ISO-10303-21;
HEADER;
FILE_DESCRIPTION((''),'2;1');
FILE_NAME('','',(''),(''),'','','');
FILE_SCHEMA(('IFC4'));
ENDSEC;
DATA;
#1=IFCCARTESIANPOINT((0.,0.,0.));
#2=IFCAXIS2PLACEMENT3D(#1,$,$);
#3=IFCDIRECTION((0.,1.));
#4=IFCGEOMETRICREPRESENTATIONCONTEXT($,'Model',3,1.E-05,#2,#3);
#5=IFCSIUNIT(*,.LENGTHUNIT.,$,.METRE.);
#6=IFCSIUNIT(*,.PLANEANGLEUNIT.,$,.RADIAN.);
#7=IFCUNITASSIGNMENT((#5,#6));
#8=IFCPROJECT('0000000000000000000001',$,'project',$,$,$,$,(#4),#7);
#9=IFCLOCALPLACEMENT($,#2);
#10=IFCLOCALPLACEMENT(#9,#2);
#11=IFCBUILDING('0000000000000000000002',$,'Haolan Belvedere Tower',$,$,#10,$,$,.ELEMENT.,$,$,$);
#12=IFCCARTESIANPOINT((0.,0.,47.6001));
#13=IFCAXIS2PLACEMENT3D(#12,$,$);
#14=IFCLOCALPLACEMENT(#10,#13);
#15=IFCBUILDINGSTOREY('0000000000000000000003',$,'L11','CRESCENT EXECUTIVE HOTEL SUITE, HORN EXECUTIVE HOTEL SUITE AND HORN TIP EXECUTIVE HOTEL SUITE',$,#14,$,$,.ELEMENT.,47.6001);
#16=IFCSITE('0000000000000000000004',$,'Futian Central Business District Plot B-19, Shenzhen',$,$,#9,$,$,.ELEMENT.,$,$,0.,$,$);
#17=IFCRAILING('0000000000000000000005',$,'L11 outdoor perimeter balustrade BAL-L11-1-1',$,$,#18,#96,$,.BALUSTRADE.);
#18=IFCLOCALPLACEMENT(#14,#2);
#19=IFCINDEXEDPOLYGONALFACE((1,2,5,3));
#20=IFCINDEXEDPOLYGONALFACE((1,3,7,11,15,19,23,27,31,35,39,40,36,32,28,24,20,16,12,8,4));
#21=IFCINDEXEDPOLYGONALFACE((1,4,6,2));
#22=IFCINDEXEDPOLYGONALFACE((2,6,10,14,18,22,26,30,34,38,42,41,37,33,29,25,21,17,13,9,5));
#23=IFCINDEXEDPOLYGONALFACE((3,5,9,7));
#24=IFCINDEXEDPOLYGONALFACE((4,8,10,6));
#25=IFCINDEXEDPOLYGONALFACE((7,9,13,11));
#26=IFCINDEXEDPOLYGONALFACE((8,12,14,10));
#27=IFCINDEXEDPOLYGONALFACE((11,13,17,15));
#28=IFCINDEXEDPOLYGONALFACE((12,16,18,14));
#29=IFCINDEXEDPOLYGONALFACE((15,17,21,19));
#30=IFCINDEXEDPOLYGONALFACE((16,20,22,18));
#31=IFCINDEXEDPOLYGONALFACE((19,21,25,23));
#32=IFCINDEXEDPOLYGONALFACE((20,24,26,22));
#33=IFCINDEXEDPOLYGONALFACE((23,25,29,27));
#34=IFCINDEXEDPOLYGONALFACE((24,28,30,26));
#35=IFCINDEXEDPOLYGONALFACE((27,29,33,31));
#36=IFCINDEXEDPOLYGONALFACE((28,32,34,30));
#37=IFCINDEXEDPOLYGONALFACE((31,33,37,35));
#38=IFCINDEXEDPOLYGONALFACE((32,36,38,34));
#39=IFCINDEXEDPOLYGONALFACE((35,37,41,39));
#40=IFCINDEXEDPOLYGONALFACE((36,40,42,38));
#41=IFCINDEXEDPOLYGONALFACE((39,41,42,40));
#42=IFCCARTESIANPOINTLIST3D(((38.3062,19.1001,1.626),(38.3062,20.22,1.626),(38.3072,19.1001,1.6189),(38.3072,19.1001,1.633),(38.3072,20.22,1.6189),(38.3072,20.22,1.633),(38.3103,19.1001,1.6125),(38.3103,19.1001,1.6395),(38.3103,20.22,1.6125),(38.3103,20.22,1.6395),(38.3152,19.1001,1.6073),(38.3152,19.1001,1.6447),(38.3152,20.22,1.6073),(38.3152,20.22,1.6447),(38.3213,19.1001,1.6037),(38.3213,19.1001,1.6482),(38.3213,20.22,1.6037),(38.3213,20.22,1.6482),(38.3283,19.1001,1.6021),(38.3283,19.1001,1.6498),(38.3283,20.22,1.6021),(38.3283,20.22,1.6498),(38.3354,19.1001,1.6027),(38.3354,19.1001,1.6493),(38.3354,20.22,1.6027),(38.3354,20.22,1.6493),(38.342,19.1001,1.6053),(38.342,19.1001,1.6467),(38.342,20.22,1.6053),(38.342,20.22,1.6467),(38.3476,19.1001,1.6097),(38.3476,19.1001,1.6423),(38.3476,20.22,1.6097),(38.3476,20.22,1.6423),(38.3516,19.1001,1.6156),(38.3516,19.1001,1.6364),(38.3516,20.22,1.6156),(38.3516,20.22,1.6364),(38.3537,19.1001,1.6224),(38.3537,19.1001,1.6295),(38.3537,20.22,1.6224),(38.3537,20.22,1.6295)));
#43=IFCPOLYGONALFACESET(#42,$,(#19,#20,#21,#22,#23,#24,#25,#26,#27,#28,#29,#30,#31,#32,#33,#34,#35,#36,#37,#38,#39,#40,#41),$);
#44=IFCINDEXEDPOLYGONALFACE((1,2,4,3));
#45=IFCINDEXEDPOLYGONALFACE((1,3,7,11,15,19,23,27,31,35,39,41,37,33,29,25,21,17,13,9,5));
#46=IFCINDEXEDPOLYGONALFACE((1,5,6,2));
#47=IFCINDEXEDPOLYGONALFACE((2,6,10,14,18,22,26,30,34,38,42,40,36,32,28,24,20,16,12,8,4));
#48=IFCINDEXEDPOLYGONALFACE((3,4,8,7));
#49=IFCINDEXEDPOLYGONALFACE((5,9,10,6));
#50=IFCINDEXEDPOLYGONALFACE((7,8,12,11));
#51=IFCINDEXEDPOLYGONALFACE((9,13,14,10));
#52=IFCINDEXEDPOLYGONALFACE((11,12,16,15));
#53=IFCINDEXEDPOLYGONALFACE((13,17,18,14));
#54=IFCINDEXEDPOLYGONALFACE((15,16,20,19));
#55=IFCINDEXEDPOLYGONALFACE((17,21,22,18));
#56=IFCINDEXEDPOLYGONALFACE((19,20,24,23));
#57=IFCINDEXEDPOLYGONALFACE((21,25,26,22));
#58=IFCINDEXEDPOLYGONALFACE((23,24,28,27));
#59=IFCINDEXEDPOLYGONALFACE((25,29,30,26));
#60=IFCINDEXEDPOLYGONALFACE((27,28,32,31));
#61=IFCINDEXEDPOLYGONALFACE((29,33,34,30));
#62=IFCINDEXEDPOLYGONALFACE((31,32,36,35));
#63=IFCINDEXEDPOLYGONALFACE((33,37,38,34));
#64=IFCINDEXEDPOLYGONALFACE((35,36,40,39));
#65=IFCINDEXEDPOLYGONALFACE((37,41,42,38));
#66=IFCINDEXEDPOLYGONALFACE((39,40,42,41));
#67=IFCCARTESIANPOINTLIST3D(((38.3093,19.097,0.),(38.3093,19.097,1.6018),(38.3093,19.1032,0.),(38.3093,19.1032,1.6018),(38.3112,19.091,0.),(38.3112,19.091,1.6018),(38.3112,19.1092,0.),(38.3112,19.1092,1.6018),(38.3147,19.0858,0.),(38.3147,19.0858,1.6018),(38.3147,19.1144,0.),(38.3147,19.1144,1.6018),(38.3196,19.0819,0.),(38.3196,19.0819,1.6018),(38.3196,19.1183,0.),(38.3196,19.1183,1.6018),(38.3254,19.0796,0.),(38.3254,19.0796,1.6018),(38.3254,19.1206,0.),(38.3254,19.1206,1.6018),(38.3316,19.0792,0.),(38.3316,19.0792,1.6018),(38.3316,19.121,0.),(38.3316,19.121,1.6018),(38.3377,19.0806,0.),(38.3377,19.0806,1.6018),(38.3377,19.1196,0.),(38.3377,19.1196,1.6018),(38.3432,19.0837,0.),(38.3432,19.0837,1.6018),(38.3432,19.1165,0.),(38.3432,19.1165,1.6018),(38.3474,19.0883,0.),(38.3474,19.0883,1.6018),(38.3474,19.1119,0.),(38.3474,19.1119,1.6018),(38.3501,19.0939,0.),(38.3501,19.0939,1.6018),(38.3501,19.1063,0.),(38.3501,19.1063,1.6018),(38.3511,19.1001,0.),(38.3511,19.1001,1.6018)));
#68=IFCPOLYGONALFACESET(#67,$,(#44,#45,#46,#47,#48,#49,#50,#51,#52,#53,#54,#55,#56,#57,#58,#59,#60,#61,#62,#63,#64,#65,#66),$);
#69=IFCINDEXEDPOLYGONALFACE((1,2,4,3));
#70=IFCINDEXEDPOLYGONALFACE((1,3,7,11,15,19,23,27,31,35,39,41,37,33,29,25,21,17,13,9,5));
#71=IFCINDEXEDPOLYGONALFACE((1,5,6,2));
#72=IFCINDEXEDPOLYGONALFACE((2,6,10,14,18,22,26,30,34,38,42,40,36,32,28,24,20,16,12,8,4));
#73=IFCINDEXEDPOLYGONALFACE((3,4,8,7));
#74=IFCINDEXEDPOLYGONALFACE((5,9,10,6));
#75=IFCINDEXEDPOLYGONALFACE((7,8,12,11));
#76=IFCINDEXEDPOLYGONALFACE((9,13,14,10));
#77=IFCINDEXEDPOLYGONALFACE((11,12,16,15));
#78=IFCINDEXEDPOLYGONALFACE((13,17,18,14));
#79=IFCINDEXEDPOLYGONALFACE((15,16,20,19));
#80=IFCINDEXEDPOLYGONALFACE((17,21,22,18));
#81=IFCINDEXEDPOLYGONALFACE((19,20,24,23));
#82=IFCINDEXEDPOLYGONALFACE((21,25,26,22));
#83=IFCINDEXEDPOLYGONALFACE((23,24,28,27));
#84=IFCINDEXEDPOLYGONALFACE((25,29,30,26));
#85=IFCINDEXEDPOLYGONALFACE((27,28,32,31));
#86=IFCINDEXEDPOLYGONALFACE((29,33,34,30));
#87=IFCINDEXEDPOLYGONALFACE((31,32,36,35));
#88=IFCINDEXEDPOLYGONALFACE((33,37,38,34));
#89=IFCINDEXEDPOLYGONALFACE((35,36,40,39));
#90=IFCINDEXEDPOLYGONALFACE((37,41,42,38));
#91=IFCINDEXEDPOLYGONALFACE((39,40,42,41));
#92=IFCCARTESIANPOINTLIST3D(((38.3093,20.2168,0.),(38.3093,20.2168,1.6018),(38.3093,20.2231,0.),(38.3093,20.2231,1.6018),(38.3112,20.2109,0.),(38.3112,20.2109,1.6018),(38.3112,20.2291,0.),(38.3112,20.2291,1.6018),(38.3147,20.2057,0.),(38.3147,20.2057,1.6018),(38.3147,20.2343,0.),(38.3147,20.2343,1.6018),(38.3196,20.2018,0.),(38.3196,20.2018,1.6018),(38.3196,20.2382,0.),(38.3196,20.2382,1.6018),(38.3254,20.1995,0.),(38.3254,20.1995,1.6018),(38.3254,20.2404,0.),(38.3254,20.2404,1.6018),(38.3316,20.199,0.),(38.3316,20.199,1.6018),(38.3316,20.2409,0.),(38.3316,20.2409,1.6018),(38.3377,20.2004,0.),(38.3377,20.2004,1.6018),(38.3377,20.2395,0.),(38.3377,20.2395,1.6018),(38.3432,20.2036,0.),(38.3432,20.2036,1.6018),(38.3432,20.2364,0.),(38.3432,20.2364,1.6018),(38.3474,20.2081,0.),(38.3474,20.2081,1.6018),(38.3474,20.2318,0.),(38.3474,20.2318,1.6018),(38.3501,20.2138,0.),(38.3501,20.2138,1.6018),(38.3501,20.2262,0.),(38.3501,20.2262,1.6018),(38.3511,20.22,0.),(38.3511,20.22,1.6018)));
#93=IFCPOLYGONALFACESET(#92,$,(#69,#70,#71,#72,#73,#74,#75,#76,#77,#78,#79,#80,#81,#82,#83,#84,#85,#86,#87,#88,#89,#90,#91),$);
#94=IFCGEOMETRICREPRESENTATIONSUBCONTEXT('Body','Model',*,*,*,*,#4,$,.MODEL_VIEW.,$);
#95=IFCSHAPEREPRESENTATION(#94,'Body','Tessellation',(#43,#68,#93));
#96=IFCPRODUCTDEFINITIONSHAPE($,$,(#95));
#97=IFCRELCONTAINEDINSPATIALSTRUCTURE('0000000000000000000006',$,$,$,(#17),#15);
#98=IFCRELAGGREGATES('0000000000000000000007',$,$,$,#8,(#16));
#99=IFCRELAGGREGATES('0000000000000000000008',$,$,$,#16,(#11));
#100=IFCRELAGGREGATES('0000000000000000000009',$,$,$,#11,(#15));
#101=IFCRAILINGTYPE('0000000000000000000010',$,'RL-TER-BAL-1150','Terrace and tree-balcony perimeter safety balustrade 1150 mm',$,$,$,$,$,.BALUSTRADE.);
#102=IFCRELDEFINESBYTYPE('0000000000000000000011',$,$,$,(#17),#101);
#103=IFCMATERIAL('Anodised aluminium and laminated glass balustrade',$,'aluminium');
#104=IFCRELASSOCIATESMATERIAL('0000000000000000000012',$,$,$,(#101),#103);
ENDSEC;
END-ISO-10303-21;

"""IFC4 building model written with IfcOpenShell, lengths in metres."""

from ifc_helpers import new_model, si_unit, direction, frame, origin, origin_2d, place, context, subcontext, project, spatial, circle, extrude, material, type_object, element, save


model = new_model("IFC4")

# Units and contexts
model_context = context("Model", 3, precision=1e-05, world=origin(), true_north=direction((0.0, 1.0)))
body_context = subcontext(model_context, "Body", "Model", "MODEL_VIEW")
ifc_project = project(units=[si_unit("LENGTHUNIT", "METRE"), si_unit("PLANEANGLEUNIT", "RADIAN")], contexts=[model_context])

# Site, building, storey
site_placement = place(None, origin())
site = spatial("IfcSite", under=ifc_project, at=site_placement, Name="Futian Central Business District Plot B-19, Shenzhen", CompositionType="ELEMENT", RefElevation=0.0)
building_placement = place(site_placement, origin())
building = spatial("IfcBuilding", under=site, at=building_placement, Name="Haolan Belvedere Tower", CompositionType="ELEMENT")
storey_placement = place(building_placement, frame((0.0, 0.0, 47.6001)))
storey = spatial("IfcBuildingStorey", under=building, at=storey_placement, Name="L11", Description="CRESCENT EXECUTIVE HOTEL SUITE, HORN EXECUTIVE HOTEL SUITE AND HORN TIP EXECUTIVE HOTEL SUITE", CompositionType="ELEMENT", Elevation=47.6001)

# Railing
ifc_material_1 = material(Name="Anodised aluminium and laminated glass balustrade", Category="aluminium")
railing_type = type_object("IfcRailingType", Name="RL-TER-BAL-1150", Description="Terrace and tree-balcony perimeter safety balustrade 1150 mm", PredefinedType="BALUSTRADE", material=ifc_material_1)
railing_placement = place(storey_placement, frame((38.3301, 19.1001, 0.0)))
element("IfcRailing", 1, at=railing_placement, inside=storey, type_object=railing_type, Name="L11 outdoor perimeter balustrade BAL-L11-1-1", PredefinedType="BALUSTRADE", context=body_context, shape_type="SweptSolid", body=[
    extrude(circle(Radius=0.0239, at=origin_2d()), frame((0.0, 0.0, 1.626), z_axis=(0.0, 1.0, 0.0), x_axis=(-1.0, 0.0, 0.0)), (0.0, 0.0, 1.0), 1.1199),
    extrude(circle(Radius=0.021, at=origin_2d()), origin(), (0.0, 0.0, 1.0), 1.6018),
    extrude(circle(Radius=0.021, at=origin_2d()), frame((0.0, 1.1199, 0.0)), (0.0, 0.0, 1.0), 1.6018),
])

save(model, "model.ifc")
